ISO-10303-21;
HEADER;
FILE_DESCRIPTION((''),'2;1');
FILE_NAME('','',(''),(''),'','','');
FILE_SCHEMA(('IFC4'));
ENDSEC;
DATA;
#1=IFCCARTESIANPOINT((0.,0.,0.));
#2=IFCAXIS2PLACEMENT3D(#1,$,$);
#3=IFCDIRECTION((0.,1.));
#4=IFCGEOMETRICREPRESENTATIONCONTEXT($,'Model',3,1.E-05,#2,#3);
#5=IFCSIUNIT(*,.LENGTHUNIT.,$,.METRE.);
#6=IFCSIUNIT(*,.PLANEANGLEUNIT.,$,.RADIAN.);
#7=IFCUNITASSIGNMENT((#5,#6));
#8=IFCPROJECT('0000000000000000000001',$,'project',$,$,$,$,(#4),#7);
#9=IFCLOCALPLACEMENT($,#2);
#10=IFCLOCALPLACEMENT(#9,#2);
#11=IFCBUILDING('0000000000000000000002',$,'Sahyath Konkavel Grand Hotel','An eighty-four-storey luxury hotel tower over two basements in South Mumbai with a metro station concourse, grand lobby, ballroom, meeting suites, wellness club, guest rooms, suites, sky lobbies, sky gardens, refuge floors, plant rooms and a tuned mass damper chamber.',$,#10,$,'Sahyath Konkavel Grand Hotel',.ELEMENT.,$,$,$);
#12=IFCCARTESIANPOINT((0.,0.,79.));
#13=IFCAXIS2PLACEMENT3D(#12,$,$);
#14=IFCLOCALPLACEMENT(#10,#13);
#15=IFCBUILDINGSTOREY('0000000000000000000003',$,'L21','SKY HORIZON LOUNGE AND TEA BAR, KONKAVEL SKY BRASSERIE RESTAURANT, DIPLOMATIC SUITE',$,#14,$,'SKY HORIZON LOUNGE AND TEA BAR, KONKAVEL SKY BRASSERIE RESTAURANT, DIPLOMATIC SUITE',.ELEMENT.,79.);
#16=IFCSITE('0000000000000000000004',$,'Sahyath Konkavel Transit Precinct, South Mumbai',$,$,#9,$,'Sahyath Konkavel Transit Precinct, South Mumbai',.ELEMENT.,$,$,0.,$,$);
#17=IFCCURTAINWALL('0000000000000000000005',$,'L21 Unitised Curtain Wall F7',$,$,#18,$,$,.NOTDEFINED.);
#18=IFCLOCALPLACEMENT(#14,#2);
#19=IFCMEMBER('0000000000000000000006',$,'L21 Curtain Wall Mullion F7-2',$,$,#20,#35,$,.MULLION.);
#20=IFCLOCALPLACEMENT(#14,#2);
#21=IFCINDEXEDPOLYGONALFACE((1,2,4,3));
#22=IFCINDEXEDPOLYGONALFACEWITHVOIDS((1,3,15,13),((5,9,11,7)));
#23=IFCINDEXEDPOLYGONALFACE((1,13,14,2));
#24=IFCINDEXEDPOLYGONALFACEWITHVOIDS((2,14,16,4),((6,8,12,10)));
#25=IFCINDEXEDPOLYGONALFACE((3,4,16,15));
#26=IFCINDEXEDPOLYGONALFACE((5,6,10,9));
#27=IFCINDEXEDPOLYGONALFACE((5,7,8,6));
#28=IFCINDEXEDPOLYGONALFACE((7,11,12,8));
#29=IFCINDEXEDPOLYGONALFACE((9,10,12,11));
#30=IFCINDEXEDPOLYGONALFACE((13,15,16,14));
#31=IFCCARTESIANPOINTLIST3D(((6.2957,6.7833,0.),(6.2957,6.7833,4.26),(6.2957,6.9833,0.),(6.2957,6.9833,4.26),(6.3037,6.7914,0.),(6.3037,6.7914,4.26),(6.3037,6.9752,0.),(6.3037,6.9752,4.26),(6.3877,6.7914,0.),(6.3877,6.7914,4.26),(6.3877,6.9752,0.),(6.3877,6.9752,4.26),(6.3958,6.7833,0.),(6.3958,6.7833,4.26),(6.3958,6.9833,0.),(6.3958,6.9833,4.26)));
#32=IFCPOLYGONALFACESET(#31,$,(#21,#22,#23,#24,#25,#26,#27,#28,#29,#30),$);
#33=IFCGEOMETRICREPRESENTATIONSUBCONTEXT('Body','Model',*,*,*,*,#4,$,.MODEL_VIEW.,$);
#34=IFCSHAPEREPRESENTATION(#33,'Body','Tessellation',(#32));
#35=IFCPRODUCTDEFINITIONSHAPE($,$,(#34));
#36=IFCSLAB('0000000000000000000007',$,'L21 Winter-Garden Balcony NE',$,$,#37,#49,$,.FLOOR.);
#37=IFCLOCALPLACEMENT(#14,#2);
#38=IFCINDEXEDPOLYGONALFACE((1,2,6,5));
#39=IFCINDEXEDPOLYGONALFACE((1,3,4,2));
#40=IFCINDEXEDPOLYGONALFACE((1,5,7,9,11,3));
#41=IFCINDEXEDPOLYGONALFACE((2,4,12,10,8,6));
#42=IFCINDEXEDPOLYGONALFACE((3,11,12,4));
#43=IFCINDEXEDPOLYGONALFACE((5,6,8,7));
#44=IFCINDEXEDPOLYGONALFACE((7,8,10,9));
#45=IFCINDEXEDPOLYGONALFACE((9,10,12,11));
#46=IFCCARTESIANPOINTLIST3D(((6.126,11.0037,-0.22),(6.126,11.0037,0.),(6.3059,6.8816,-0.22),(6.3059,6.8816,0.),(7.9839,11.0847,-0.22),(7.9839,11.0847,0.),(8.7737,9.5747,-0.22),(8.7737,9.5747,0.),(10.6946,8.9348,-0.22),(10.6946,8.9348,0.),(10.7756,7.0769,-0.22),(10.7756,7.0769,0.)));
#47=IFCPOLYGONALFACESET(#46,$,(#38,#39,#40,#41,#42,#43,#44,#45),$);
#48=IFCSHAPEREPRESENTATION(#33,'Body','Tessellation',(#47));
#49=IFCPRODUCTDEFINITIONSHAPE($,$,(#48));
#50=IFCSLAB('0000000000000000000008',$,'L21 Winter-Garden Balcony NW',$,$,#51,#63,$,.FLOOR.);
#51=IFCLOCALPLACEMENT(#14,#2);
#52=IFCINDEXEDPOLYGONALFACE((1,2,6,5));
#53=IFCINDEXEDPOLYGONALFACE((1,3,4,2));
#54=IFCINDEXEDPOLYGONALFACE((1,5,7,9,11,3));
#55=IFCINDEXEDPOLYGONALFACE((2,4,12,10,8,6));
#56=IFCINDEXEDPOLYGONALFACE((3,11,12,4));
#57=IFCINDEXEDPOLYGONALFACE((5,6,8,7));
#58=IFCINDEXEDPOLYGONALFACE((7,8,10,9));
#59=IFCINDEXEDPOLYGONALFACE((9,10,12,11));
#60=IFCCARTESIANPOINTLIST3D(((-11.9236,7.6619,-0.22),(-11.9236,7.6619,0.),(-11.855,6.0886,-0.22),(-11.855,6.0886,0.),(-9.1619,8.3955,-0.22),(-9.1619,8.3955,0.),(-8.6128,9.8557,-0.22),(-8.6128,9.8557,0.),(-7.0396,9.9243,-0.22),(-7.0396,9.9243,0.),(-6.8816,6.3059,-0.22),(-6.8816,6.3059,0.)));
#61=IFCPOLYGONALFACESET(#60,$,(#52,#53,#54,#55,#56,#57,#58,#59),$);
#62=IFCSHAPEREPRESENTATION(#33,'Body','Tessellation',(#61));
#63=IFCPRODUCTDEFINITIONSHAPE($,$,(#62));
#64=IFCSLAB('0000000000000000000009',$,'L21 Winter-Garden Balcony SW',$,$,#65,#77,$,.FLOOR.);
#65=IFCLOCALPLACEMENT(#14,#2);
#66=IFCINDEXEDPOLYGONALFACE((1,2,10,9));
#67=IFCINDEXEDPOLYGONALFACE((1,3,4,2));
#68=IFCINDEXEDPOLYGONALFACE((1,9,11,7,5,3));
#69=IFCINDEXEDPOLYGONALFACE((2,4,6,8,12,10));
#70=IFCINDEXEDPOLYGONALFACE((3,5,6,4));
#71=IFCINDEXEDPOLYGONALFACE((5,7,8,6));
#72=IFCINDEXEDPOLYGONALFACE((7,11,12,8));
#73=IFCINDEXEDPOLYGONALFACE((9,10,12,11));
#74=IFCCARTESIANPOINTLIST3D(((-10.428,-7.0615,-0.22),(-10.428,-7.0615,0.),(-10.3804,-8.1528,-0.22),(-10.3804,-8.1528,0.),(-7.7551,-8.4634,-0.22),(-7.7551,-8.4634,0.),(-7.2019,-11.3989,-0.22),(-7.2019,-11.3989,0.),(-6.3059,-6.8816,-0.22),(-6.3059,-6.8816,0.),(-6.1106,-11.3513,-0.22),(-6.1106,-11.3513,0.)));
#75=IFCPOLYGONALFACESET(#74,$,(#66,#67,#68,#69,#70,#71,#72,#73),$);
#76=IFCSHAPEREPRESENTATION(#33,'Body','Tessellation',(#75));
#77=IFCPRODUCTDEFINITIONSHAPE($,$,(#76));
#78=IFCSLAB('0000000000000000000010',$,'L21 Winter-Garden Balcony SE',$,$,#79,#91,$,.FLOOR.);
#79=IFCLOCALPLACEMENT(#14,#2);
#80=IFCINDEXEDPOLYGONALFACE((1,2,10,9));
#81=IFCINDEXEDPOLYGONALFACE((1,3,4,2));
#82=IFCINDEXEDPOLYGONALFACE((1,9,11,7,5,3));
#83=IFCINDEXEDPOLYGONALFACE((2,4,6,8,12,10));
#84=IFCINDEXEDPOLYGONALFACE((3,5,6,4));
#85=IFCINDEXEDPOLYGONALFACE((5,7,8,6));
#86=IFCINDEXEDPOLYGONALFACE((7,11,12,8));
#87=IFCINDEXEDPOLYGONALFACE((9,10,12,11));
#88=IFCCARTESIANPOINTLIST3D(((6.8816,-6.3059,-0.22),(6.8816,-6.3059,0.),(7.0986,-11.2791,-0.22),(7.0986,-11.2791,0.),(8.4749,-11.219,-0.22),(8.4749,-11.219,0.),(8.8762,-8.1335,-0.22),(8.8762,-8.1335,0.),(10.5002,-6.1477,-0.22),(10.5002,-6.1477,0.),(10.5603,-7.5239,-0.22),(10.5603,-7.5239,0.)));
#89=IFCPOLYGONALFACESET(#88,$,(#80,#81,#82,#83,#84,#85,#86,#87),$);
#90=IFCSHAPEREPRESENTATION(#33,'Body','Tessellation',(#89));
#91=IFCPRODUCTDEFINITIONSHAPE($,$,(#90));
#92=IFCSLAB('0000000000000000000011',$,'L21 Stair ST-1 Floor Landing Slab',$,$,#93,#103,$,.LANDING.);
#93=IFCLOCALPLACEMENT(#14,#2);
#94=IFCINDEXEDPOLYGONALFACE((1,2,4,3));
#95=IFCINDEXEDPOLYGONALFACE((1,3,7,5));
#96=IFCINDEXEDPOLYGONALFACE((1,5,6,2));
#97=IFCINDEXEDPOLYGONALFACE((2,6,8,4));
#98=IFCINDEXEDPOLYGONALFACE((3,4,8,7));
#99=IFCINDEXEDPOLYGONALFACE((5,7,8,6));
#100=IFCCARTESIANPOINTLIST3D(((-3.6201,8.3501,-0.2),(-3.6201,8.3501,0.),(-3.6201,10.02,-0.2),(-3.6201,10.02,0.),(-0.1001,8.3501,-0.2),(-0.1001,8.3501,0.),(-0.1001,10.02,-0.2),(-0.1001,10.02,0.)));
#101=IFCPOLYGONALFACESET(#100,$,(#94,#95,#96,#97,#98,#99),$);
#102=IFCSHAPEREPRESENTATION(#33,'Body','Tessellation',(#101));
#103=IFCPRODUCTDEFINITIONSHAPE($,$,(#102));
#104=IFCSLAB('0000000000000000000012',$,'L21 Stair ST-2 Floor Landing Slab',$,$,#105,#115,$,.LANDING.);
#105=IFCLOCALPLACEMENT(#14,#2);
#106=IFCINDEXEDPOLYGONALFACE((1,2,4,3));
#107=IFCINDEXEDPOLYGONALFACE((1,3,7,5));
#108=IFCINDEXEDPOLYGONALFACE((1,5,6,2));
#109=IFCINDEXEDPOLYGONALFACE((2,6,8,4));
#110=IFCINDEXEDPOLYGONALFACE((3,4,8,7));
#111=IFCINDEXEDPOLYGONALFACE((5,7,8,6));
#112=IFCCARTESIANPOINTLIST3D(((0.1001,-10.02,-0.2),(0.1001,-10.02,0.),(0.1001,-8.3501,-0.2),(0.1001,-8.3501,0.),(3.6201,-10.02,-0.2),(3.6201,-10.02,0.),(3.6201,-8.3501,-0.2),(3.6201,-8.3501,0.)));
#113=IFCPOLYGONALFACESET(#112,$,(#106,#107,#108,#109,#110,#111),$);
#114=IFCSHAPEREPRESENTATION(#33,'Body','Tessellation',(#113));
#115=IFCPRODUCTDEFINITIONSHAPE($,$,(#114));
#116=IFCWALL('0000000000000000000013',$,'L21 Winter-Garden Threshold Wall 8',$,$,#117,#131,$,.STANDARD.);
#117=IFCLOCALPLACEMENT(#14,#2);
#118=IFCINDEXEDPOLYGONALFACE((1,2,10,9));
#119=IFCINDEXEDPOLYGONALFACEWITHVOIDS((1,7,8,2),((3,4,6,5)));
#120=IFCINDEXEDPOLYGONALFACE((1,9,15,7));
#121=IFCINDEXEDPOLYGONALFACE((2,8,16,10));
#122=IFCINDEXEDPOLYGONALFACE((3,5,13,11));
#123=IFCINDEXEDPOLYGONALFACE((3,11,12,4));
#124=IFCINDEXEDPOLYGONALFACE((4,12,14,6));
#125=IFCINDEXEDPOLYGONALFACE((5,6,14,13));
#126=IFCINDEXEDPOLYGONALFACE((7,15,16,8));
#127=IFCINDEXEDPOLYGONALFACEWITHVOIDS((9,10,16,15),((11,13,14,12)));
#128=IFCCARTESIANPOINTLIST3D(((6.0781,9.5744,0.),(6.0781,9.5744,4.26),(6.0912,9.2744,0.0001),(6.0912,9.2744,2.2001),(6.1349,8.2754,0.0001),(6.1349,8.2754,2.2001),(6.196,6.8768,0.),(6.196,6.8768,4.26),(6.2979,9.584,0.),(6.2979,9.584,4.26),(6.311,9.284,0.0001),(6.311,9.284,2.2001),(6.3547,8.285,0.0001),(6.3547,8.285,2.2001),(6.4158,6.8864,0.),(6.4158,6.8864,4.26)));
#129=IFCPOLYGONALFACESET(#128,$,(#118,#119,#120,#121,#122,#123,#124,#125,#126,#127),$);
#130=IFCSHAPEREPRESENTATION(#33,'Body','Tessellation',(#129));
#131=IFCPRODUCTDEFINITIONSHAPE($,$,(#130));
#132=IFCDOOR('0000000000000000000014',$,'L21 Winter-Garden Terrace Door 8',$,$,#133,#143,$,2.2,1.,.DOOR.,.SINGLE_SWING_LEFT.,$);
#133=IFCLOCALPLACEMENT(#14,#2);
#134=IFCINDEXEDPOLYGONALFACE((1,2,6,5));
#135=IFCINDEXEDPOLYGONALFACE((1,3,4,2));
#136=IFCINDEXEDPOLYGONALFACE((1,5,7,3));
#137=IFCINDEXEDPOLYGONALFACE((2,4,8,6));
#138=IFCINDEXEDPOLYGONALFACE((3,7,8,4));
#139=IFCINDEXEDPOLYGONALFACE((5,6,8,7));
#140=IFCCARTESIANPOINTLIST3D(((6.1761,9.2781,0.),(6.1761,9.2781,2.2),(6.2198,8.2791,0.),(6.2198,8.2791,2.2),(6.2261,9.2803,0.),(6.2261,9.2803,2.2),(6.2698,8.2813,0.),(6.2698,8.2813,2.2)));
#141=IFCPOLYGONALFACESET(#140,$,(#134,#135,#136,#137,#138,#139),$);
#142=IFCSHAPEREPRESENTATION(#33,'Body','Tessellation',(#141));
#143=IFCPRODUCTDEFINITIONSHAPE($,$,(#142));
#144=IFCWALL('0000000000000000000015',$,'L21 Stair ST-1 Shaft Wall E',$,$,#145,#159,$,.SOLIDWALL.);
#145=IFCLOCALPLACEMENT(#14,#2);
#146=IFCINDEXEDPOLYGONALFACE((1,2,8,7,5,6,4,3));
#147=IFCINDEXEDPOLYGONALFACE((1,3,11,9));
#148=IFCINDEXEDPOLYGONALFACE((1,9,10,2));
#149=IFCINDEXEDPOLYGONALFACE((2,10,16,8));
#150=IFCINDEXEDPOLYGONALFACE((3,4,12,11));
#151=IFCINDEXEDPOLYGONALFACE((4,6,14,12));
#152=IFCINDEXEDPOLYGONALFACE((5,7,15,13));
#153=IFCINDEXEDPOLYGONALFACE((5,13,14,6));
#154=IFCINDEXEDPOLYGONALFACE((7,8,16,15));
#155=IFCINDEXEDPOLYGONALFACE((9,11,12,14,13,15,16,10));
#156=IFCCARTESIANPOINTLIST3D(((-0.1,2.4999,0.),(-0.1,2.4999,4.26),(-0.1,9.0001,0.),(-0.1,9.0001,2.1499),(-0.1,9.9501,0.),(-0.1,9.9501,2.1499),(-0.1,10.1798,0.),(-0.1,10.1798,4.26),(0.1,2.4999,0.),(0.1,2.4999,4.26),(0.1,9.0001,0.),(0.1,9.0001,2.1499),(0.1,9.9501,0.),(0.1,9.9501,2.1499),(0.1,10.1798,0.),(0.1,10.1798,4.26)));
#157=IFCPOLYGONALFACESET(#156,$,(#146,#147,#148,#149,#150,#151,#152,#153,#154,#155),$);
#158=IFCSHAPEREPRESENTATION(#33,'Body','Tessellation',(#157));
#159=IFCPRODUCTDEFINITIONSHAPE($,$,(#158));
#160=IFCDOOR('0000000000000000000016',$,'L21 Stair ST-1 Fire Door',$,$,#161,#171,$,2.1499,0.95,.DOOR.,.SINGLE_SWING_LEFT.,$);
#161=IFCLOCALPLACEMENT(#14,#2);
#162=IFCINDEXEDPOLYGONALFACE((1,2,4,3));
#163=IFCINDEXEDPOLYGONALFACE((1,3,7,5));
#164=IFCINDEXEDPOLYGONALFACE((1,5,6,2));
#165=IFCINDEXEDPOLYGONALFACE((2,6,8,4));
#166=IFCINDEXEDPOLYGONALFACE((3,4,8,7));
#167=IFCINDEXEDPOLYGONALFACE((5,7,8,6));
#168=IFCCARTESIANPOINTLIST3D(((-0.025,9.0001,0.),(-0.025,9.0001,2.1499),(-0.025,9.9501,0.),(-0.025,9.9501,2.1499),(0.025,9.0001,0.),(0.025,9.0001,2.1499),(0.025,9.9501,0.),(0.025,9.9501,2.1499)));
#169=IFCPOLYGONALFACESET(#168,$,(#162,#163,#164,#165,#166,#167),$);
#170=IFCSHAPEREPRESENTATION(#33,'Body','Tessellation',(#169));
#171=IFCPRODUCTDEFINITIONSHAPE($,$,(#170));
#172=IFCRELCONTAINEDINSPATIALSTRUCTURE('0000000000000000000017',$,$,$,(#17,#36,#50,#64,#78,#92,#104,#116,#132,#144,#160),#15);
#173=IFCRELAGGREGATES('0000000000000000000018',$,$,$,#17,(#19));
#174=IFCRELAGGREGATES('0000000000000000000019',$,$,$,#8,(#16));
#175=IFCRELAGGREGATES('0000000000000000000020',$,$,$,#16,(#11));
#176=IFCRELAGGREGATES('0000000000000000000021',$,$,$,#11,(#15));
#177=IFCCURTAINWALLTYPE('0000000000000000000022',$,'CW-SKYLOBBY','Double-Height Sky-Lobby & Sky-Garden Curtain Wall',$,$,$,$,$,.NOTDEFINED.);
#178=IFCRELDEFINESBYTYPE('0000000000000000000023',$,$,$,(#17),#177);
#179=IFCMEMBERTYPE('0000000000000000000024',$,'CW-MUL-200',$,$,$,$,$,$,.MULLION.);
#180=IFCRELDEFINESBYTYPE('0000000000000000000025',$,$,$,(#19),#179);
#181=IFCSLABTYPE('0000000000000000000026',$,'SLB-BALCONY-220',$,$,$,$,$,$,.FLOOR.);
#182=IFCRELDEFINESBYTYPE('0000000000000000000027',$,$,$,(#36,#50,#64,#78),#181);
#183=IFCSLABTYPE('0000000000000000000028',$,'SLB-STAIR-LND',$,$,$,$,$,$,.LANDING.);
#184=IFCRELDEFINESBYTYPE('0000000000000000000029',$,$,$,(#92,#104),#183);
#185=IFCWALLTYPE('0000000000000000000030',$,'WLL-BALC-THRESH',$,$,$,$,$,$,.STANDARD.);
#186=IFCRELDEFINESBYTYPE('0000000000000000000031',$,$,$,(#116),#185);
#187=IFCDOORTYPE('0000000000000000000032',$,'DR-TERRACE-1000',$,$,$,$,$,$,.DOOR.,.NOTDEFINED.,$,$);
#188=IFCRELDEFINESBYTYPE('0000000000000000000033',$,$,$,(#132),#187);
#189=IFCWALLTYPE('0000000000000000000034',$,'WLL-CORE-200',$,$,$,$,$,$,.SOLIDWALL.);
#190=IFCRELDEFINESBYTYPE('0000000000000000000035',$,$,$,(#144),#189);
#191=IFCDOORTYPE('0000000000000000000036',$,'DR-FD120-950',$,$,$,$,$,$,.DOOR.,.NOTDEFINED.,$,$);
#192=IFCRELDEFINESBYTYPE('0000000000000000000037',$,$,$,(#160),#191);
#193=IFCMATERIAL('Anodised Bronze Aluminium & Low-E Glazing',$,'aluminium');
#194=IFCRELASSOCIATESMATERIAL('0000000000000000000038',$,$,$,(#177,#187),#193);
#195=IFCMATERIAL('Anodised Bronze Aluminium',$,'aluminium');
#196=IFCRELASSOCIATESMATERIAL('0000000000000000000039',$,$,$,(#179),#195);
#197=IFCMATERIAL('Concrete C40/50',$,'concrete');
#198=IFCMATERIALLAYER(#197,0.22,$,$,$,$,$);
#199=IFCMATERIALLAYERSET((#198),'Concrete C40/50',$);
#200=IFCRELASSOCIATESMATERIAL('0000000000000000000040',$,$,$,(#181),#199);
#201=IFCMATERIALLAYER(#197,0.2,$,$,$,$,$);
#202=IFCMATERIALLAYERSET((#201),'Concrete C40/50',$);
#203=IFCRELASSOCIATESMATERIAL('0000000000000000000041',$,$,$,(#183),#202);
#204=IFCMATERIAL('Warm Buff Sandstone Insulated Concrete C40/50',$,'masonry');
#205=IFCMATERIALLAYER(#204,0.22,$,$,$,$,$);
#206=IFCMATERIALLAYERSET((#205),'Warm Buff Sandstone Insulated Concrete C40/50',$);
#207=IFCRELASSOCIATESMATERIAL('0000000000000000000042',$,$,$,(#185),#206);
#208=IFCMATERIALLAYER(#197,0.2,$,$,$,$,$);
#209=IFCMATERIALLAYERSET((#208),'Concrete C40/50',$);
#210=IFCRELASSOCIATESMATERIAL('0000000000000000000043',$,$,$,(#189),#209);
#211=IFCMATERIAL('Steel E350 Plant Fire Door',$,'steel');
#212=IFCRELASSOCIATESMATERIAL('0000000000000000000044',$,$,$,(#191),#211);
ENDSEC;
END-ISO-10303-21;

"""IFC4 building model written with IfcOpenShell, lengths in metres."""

from ifc_helpers import new_model, si_unit, direction, frame, frame_2d, origin, origin_2d, place, context, subcontext, project, spatial, polyline, rectangle, hollow_rectangle, outline, extrude, source, transform, mapped, material, layer, layer_set, material_profile, profile_set, type_object, element, fill, aggregate, save


model = new_model("IFC4")

# Units and contexts
model_context = context("Model", 3, precision=1e-05, world=origin(), true_north=direction((0.0, 1.0)))
body_context = subcontext(model_context, "Body", "Model", "MODEL_VIEW")
ifc_project = project(units=[si_unit("LENGTHUNIT", "METRE"), si_unit("PLANEANGLEUNIT", "RADIAN")], contexts=[model_context])

# Site, building, storey
site_placement = place(None, origin())
site = spatial("IfcSite", under=ifc_project, at=site_placement, Name="Sahyath Konkavel Transit Precinct, South Mumbai", LongName="Sahyath Konkavel Transit Precinct, South Mumbai", CompositionType="ELEMENT", RefElevation=0.0)
building_placement = place(site_placement, origin())
building = spatial("IfcBuilding", under=site, at=building_placement, Name="Sahyath Konkavel Grand Hotel", Description="An eighty-four-storey luxury hotel tower over two basements in South Mumbai with a metro station concourse, grand lobby, ballroom, meeting suites, wellness club, guest rooms, suites, sky lobbies, sky gardens, refuge floors, plant rooms and a tuned mass damper chamber.", LongName="Sahyath Konkavel Grand Hotel", CompositionType="ELEMENT")
storey_placement = place(building_placement, frame((0.0, 0.0, 79.0)))
storey = spatial("IfcBuildingStorey", under=building, at=storey_placement, Name="L21", Description="SKY HORIZON LOUNGE AND TEA BAR, KONKAVEL SKY BRASSERIE RESTAURANT, DIPLOMATIC SUITE", LongName="SKY HORIZON LOUNGE AND TEA BAR, KONKAVEL SKY BRASSERIE RESTAURANT, DIPLOMATIC SUITE", CompositionType="ELEMENT", Elevation=79.0)

# Curtain wall, member
ifc_material_1 = material(Name="Anodised Bronze Aluminium & Low-E Glazing", Category="aluminium")
curtain_wall_type = type_object("IfcCurtainWallType", Name="CW-SKYLOBBY", Description="Double-Height Sky-Lobby & Sky-Garden Curtain Wall", PredefinedType="NOTDEFINED", material=ifc_material_1)
curtain_wall_placement = place(storey_placement, origin())
curtain_wall = element("IfcCurtainWall", 1, at=curtain_wall_placement, inside=storey, type_object=curtain_wall_type, Name="L21 Unitised Curtain Wall F7", PredefinedType="NOTDEFINED")
ifc_material_2 = material(Name="Anodised Bronze Aluminium", Category="aluminium")
ifc_material_profile_1 = material_profile(ifc_material_2, hollow_rectangle(XDim=0.1001, YDim=0.2, WallThickness=0.0081, at=origin_2d()), Name="RHS 200x100x8")
ifc_profile_set_1 = profile_set([ifc_material_profile_1], Name="Anodised Bronze Aluminium")
member_type = type_object("IfcMemberType", Name="CW-MUL-200", PredefinedType="MULLION", material=ifc_profile_set_1)
shared_shape_1 = source(origin(), body_context, "Body", "SweptSolid", [
    extrude(hollow_rectangle(XDim=0.1001, YDim=0.2, WallThickness=0.0081, at=origin_2d()), origin(), (0.0, 0.0, 1.0), 4.26),
])
member_placement = place(storey_placement, frame((6.3457, 6.8833, 0.0), z_axis=(0.0, 0.0, 1.0), x_axis=(1.0, 0.0, 0.0)))
member = element("IfcMember", 2, at=member_placement, type_object=member_type, Name="L21 Curtain Wall Mullion F7-2", PredefinedType="MULLION", context=body_context, shape_type="MappedRepresentation", body=[
    mapped(shared_shape_1, transform((0.0, 0.0, 0.0), scale=1.0)),
])
aggregate(curtain_wall, [member])

# Slabs
ifc_material_3 = material(Name="Concrete C40/50", Category="concrete")
ifc_layer_1 = layer(ifc_material_3, 0.22)
ifc_layer_set_1 = layer_set([ifc_layer_1], Name="Concrete C40/50")
slab_type_1 = type_object("IfcSlabType", Name="SLB-BALCONY-220", PredefinedType="FLOOR", material=ifc_layer_set_1)
slab_1_placement = place(storey_placement, frame((0.0, 0.0, -0.22)))
element("IfcSlab", 3, at=slab_1_placement, inside=storey, type_object=slab_type_1, Name="L21 Winter-Garden Balcony NE", PredefinedType="FLOOR", context=body_context, shape_type="SweptSolid", body=[
    extrude(outline(polyline([(6.3059, 6.8816), (10.7756, 7.0769), (10.6946, 8.9348), (8.7737, 9.5747), (7.9839, 11.0847), (6.126, 11.0037), (6.3059, 6.8816)])), origin(), (0.0, 0.0, 1.0), 0.22),
])
slab_2_placement = place(storey_placement, frame((0.0, 0.0, -0.22)))
element("IfcSlab", 4, at=slab_2_placement, inside=storey, type_object=slab_type_1, Name="L21 Winter-Garden Balcony NW", PredefinedType="FLOOR", context=body_context, shape_type="SweptSolid", body=[
    extrude(outline(polyline([(-6.8816, 6.3059), (-7.0396, 9.9243), (-8.6128, 9.8557), (-9.1619, 8.3955), (-11.9236, 7.6619), (-11.855, 6.0886), (-6.8816, 6.3059)])), origin(), (0.0, 0.0, 1.0), 0.22),
])
slab_3_placement = place(storey_placement, frame((0.0, 0.0, -0.22)))
element("IfcSlab", 5, at=slab_3_placement, inside=storey, type_object=slab_type_1, Name="L21 Winter-Garden Balcony SW", PredefinedType="FLOOR", context=body_context, shape_type="SweptSolid", body=[
    extrude(outline(polyline([(-6.3059, -6.8816), (-10.428, -7.0615), (-10.3804, -8.1528), (-7.7551, -8.4634), (-7.2019, -11.3989), (-6.1106, -11.3513), (-6.3059, -6.8816)])), origin(), (0.0, 0.0, 1.0), 0.22),
])
slab_4_placement = place(storey_placement, frame((0.0, 0.0, -0.22)))
element("IfcSlab", 6, at=slab_4_placement, inside=storey, type_object=slab_type_1, Name="L21 Winter-Garden Balcony SE", PredefinedType="FLOOR", context=body_context, shape_type="SweptSolid", body=[
    extrude(outline(polyline([(6.8816, -6.3059), (7.0986, -11.2791), (8.4749, -11.219), (8.8762, -8.1335), (10.5603, -7.5239), (10.5002, -6.1477), (6.8816, -6.3059)])), origin(), (0.0, 0.0, 1.0), 0.22),
])
ifc_layer_2 = layer(ifc_material_3, 0.2)
ifc_layer_set_2 = layer_set([ifc_layer_2], Name="Concrete C40/50")
slab_type_2 = type_object("IfcSlabType", Name="SLB-STAIR-LND", PredefinedType="LANDING", material=ifc_layer_set_2)
slab_5_placement = place(storey_placement, frame((0.0, 0.0, -0.2)))
element("IfcSlab", 7, at=slab_5_placement, inside=storey, type_object=slab_type_2, Name="L21 Stair ST-1 Floor Landing Slab", PredefinedType="LANDING", context=body_context, shape_type="SweptSolid", body=[
    extrude(outline(polyline([(-3.6201, 8.3501), (-0.1001, 8.3501), (-0.1001, 10.02), (-3.6201, 10.02), (-3.6201, 8.3501)])), origin(), (0.0, 0.0, 1.0), 0.2),
])
slab_6_placement = place(storey_placement, frame((0.0, 0.0, -0.2)))
element("IfcSlab", 8, at=slab_6_placement, inside=storey, type_object=slab_type_2, Name="L21 Stair ST-2 Floor Landing Slab", PredefinedType="LANDING", context=body_context, shape_type="SweptSolid", body=[
    extrude(outline(polyline([(0.1001, -10.02), (3.6201, -10.02), (3.6201, -8.3501), (0.1001, -8.3501), (0.1001, -10.02)])), origin(), (0.0, 0.0, 1.0), 0.2),
])

# Walls, openings, doors
ifc_material_4 = material(Name="Warm Buff Sandstone Insulated Concrete C40/50", Category="masonry")
ifc_layer_3 = layer(ifc_material_4, 0.22)
ifc_layer_set_3 = layer_set([ifc_layer_3], Name="Warm Buff Sandstone Insulated Concrete C40/50")
wall_type_1 = type_object("IfcWallType", Name="WLL-BALC-THRESH", PredefinedType="STANDARD", material=ifc_layer_set_3)
wall_1_placement = place(storey_placement, frame((6.3059, 6.8816, 0.0), z_axis=(0.0, 0.0, 1.0), x_axis=(-0.043673, 0.999046, 0.0)))
wall_1 = element("IfcWall", 9, at=wall_1_placement, inside=storey, type_object=wall_type_1, Name="L21 Winter-Garden Threshold Wall 8", PredefinedType="STANDARD", context=body_context, shape_type="SweptSolid", body=[
    extrude(rectangle(XDim=2.7002, YDim=0.22, at=frame_2d((1.3501, 0.0))), origin(), (0.0, 0.0, 1.0), 4.26),
])
opening_1_placement = place(wall_1_placement, frame((1.3999, 0.0, 0.0)))
opening_1 = element("IfcOpeningElement", 10, at=opening_1_placement, cuts=wall_1, PredefinedType="OPENING", context=body_context, shape_type="SweptSolid", body=[
    extrude(rectangle(XDim=1.0, YDim=2.2, at=frame_2d((0.5, 1.1001))), frame((0.0, 0.1201, 0.0), z_axis=(0.0, -1.0, 0.0), x_axis=(1.0, 0.0, 0.0)), (0.0, 0.0, 1.0), 0.24),
])
door_type_1 = type_object("IfcDoorType", Name="DR-TERRACE-1000", OperationType="NOTDEFINED", PredefinedType="DOOR", material=ifc_material_1)
shared_shape_2 = source(origin(), body_context, "Body", "SweptSolid", [
    extrude(rectangle(XDim=1.0, YDim=0.05, at=origin_2d()), origin(), (0.0, 0.0, 1.0), 2.2),
])
door_1_placement = place(opening_1_placement, frame((0.5, 0.0, 0.0)))
door_1 = element("IfcDoor", 11, at=door_1_placement, inside=storey, type_object=door_type_1, Name="L21 Winter-Garden Terrace Door 8", OperationType="SINGLE_SWING_LEFT", OverallHeight=2.2, OverallWidth=1.0, PredefinedType="DOOR", context=body_context, shape_type="MappedRepresentation", body=[
    mapped(shared_shape_2, transform((0.0, 0.0, 0.0), scale=1.0)),
])
fill(opening_1, door_1)
ifc_layer_4 = layer(ifc_material_3, 0.2)
ifc_layer_set_4 = layer_set([ifc_layer_4], Name="Concrete C40/50")
wall_type_2 = type_object("IfcWallType", Name="WLL-CORE-200", PredefinedType="SOLIDWALL", material=ifc_layer_set_4)
wall_2_placement = place(storey_placement, frame((0.0, 2.5, 0.0), z_axis=(0.0, 0.0, 1.0), x_axis=(0.0, 1.0, 0.0)))
wall_2 = element("IfcWall", 12, at=wall_2_placement, inside=storey, type_object=wall_type_2, Name="L21 Stair ST-1 Shaft Wall E", PredefinedType="SOLIDWALL", context=body_context, shape_type="SweptSolid", body=[
    extrude(rectangle(XDim=7.6799, YDim=0.2, at=frame_2d((3.8398, 0.0))), origin(), (0.0, 0.0, 1.0), 4.26),
])
opening_2_placement = place(wall_2_placement, frame((6.5, 0.0, 0.0)))
opening_2 = element("IfcOpeningElement", 13, at=opening_2_placement, cuts=wall_2, PredefinedType="OPENING", context=body_context, shape_type="SweptSolid", body=[
    extrude(rectangle(XDim=0.95, YDim=2.1499, at=frame_2d((0.4751, 1.075))), frame((0.0, 0.1099, 0.0), z_axis=(0.0, -1.0, 0.0), x_axis=(1.0, 0.0, 0.0)), (0.0, 0.0, 1.0), 0.22),
])
ifc_material_5 = material(Name="Steel E350 Plant Fire Door", Category="steel")
door_type_2 = type_object("IfcDoorType", Name="DR-FD120-950", OperationType="NOTDEFINED", PredefinedType="DOOR", material=ifc_material_5)
shared_shape_3 = source(origin(), body_context, "Body", "SweptSolid", [
    extrude(rectangle(XDim=0.95, YDim=0.05, at=origin_2d()), origin(), (0.0, 0.0, 1.0), 2.1499),
])
door_2_placement = place(opening_2_placement, frame((0.4751, 0.0, 0.0)))
door_2 = element("IfcDoor", 14, at=door_2_placement, inside=storey, type_object=door_type_2, Name="L21 Stair ST-1 Fire Door", OperationType="SINGLE_SWING_LEFT", OverallHeight=2.1499, OverallWidth=0.95, PredefinedType="DOOR", context=body_context, shape_type="MappedRepresentation", body=[
    mapped(shared_shape_3, transform((0.0, 0.0, 0.0), scale=1.0)),
])
fill(opening_2, door_2)

save(model, "model.ifc")
